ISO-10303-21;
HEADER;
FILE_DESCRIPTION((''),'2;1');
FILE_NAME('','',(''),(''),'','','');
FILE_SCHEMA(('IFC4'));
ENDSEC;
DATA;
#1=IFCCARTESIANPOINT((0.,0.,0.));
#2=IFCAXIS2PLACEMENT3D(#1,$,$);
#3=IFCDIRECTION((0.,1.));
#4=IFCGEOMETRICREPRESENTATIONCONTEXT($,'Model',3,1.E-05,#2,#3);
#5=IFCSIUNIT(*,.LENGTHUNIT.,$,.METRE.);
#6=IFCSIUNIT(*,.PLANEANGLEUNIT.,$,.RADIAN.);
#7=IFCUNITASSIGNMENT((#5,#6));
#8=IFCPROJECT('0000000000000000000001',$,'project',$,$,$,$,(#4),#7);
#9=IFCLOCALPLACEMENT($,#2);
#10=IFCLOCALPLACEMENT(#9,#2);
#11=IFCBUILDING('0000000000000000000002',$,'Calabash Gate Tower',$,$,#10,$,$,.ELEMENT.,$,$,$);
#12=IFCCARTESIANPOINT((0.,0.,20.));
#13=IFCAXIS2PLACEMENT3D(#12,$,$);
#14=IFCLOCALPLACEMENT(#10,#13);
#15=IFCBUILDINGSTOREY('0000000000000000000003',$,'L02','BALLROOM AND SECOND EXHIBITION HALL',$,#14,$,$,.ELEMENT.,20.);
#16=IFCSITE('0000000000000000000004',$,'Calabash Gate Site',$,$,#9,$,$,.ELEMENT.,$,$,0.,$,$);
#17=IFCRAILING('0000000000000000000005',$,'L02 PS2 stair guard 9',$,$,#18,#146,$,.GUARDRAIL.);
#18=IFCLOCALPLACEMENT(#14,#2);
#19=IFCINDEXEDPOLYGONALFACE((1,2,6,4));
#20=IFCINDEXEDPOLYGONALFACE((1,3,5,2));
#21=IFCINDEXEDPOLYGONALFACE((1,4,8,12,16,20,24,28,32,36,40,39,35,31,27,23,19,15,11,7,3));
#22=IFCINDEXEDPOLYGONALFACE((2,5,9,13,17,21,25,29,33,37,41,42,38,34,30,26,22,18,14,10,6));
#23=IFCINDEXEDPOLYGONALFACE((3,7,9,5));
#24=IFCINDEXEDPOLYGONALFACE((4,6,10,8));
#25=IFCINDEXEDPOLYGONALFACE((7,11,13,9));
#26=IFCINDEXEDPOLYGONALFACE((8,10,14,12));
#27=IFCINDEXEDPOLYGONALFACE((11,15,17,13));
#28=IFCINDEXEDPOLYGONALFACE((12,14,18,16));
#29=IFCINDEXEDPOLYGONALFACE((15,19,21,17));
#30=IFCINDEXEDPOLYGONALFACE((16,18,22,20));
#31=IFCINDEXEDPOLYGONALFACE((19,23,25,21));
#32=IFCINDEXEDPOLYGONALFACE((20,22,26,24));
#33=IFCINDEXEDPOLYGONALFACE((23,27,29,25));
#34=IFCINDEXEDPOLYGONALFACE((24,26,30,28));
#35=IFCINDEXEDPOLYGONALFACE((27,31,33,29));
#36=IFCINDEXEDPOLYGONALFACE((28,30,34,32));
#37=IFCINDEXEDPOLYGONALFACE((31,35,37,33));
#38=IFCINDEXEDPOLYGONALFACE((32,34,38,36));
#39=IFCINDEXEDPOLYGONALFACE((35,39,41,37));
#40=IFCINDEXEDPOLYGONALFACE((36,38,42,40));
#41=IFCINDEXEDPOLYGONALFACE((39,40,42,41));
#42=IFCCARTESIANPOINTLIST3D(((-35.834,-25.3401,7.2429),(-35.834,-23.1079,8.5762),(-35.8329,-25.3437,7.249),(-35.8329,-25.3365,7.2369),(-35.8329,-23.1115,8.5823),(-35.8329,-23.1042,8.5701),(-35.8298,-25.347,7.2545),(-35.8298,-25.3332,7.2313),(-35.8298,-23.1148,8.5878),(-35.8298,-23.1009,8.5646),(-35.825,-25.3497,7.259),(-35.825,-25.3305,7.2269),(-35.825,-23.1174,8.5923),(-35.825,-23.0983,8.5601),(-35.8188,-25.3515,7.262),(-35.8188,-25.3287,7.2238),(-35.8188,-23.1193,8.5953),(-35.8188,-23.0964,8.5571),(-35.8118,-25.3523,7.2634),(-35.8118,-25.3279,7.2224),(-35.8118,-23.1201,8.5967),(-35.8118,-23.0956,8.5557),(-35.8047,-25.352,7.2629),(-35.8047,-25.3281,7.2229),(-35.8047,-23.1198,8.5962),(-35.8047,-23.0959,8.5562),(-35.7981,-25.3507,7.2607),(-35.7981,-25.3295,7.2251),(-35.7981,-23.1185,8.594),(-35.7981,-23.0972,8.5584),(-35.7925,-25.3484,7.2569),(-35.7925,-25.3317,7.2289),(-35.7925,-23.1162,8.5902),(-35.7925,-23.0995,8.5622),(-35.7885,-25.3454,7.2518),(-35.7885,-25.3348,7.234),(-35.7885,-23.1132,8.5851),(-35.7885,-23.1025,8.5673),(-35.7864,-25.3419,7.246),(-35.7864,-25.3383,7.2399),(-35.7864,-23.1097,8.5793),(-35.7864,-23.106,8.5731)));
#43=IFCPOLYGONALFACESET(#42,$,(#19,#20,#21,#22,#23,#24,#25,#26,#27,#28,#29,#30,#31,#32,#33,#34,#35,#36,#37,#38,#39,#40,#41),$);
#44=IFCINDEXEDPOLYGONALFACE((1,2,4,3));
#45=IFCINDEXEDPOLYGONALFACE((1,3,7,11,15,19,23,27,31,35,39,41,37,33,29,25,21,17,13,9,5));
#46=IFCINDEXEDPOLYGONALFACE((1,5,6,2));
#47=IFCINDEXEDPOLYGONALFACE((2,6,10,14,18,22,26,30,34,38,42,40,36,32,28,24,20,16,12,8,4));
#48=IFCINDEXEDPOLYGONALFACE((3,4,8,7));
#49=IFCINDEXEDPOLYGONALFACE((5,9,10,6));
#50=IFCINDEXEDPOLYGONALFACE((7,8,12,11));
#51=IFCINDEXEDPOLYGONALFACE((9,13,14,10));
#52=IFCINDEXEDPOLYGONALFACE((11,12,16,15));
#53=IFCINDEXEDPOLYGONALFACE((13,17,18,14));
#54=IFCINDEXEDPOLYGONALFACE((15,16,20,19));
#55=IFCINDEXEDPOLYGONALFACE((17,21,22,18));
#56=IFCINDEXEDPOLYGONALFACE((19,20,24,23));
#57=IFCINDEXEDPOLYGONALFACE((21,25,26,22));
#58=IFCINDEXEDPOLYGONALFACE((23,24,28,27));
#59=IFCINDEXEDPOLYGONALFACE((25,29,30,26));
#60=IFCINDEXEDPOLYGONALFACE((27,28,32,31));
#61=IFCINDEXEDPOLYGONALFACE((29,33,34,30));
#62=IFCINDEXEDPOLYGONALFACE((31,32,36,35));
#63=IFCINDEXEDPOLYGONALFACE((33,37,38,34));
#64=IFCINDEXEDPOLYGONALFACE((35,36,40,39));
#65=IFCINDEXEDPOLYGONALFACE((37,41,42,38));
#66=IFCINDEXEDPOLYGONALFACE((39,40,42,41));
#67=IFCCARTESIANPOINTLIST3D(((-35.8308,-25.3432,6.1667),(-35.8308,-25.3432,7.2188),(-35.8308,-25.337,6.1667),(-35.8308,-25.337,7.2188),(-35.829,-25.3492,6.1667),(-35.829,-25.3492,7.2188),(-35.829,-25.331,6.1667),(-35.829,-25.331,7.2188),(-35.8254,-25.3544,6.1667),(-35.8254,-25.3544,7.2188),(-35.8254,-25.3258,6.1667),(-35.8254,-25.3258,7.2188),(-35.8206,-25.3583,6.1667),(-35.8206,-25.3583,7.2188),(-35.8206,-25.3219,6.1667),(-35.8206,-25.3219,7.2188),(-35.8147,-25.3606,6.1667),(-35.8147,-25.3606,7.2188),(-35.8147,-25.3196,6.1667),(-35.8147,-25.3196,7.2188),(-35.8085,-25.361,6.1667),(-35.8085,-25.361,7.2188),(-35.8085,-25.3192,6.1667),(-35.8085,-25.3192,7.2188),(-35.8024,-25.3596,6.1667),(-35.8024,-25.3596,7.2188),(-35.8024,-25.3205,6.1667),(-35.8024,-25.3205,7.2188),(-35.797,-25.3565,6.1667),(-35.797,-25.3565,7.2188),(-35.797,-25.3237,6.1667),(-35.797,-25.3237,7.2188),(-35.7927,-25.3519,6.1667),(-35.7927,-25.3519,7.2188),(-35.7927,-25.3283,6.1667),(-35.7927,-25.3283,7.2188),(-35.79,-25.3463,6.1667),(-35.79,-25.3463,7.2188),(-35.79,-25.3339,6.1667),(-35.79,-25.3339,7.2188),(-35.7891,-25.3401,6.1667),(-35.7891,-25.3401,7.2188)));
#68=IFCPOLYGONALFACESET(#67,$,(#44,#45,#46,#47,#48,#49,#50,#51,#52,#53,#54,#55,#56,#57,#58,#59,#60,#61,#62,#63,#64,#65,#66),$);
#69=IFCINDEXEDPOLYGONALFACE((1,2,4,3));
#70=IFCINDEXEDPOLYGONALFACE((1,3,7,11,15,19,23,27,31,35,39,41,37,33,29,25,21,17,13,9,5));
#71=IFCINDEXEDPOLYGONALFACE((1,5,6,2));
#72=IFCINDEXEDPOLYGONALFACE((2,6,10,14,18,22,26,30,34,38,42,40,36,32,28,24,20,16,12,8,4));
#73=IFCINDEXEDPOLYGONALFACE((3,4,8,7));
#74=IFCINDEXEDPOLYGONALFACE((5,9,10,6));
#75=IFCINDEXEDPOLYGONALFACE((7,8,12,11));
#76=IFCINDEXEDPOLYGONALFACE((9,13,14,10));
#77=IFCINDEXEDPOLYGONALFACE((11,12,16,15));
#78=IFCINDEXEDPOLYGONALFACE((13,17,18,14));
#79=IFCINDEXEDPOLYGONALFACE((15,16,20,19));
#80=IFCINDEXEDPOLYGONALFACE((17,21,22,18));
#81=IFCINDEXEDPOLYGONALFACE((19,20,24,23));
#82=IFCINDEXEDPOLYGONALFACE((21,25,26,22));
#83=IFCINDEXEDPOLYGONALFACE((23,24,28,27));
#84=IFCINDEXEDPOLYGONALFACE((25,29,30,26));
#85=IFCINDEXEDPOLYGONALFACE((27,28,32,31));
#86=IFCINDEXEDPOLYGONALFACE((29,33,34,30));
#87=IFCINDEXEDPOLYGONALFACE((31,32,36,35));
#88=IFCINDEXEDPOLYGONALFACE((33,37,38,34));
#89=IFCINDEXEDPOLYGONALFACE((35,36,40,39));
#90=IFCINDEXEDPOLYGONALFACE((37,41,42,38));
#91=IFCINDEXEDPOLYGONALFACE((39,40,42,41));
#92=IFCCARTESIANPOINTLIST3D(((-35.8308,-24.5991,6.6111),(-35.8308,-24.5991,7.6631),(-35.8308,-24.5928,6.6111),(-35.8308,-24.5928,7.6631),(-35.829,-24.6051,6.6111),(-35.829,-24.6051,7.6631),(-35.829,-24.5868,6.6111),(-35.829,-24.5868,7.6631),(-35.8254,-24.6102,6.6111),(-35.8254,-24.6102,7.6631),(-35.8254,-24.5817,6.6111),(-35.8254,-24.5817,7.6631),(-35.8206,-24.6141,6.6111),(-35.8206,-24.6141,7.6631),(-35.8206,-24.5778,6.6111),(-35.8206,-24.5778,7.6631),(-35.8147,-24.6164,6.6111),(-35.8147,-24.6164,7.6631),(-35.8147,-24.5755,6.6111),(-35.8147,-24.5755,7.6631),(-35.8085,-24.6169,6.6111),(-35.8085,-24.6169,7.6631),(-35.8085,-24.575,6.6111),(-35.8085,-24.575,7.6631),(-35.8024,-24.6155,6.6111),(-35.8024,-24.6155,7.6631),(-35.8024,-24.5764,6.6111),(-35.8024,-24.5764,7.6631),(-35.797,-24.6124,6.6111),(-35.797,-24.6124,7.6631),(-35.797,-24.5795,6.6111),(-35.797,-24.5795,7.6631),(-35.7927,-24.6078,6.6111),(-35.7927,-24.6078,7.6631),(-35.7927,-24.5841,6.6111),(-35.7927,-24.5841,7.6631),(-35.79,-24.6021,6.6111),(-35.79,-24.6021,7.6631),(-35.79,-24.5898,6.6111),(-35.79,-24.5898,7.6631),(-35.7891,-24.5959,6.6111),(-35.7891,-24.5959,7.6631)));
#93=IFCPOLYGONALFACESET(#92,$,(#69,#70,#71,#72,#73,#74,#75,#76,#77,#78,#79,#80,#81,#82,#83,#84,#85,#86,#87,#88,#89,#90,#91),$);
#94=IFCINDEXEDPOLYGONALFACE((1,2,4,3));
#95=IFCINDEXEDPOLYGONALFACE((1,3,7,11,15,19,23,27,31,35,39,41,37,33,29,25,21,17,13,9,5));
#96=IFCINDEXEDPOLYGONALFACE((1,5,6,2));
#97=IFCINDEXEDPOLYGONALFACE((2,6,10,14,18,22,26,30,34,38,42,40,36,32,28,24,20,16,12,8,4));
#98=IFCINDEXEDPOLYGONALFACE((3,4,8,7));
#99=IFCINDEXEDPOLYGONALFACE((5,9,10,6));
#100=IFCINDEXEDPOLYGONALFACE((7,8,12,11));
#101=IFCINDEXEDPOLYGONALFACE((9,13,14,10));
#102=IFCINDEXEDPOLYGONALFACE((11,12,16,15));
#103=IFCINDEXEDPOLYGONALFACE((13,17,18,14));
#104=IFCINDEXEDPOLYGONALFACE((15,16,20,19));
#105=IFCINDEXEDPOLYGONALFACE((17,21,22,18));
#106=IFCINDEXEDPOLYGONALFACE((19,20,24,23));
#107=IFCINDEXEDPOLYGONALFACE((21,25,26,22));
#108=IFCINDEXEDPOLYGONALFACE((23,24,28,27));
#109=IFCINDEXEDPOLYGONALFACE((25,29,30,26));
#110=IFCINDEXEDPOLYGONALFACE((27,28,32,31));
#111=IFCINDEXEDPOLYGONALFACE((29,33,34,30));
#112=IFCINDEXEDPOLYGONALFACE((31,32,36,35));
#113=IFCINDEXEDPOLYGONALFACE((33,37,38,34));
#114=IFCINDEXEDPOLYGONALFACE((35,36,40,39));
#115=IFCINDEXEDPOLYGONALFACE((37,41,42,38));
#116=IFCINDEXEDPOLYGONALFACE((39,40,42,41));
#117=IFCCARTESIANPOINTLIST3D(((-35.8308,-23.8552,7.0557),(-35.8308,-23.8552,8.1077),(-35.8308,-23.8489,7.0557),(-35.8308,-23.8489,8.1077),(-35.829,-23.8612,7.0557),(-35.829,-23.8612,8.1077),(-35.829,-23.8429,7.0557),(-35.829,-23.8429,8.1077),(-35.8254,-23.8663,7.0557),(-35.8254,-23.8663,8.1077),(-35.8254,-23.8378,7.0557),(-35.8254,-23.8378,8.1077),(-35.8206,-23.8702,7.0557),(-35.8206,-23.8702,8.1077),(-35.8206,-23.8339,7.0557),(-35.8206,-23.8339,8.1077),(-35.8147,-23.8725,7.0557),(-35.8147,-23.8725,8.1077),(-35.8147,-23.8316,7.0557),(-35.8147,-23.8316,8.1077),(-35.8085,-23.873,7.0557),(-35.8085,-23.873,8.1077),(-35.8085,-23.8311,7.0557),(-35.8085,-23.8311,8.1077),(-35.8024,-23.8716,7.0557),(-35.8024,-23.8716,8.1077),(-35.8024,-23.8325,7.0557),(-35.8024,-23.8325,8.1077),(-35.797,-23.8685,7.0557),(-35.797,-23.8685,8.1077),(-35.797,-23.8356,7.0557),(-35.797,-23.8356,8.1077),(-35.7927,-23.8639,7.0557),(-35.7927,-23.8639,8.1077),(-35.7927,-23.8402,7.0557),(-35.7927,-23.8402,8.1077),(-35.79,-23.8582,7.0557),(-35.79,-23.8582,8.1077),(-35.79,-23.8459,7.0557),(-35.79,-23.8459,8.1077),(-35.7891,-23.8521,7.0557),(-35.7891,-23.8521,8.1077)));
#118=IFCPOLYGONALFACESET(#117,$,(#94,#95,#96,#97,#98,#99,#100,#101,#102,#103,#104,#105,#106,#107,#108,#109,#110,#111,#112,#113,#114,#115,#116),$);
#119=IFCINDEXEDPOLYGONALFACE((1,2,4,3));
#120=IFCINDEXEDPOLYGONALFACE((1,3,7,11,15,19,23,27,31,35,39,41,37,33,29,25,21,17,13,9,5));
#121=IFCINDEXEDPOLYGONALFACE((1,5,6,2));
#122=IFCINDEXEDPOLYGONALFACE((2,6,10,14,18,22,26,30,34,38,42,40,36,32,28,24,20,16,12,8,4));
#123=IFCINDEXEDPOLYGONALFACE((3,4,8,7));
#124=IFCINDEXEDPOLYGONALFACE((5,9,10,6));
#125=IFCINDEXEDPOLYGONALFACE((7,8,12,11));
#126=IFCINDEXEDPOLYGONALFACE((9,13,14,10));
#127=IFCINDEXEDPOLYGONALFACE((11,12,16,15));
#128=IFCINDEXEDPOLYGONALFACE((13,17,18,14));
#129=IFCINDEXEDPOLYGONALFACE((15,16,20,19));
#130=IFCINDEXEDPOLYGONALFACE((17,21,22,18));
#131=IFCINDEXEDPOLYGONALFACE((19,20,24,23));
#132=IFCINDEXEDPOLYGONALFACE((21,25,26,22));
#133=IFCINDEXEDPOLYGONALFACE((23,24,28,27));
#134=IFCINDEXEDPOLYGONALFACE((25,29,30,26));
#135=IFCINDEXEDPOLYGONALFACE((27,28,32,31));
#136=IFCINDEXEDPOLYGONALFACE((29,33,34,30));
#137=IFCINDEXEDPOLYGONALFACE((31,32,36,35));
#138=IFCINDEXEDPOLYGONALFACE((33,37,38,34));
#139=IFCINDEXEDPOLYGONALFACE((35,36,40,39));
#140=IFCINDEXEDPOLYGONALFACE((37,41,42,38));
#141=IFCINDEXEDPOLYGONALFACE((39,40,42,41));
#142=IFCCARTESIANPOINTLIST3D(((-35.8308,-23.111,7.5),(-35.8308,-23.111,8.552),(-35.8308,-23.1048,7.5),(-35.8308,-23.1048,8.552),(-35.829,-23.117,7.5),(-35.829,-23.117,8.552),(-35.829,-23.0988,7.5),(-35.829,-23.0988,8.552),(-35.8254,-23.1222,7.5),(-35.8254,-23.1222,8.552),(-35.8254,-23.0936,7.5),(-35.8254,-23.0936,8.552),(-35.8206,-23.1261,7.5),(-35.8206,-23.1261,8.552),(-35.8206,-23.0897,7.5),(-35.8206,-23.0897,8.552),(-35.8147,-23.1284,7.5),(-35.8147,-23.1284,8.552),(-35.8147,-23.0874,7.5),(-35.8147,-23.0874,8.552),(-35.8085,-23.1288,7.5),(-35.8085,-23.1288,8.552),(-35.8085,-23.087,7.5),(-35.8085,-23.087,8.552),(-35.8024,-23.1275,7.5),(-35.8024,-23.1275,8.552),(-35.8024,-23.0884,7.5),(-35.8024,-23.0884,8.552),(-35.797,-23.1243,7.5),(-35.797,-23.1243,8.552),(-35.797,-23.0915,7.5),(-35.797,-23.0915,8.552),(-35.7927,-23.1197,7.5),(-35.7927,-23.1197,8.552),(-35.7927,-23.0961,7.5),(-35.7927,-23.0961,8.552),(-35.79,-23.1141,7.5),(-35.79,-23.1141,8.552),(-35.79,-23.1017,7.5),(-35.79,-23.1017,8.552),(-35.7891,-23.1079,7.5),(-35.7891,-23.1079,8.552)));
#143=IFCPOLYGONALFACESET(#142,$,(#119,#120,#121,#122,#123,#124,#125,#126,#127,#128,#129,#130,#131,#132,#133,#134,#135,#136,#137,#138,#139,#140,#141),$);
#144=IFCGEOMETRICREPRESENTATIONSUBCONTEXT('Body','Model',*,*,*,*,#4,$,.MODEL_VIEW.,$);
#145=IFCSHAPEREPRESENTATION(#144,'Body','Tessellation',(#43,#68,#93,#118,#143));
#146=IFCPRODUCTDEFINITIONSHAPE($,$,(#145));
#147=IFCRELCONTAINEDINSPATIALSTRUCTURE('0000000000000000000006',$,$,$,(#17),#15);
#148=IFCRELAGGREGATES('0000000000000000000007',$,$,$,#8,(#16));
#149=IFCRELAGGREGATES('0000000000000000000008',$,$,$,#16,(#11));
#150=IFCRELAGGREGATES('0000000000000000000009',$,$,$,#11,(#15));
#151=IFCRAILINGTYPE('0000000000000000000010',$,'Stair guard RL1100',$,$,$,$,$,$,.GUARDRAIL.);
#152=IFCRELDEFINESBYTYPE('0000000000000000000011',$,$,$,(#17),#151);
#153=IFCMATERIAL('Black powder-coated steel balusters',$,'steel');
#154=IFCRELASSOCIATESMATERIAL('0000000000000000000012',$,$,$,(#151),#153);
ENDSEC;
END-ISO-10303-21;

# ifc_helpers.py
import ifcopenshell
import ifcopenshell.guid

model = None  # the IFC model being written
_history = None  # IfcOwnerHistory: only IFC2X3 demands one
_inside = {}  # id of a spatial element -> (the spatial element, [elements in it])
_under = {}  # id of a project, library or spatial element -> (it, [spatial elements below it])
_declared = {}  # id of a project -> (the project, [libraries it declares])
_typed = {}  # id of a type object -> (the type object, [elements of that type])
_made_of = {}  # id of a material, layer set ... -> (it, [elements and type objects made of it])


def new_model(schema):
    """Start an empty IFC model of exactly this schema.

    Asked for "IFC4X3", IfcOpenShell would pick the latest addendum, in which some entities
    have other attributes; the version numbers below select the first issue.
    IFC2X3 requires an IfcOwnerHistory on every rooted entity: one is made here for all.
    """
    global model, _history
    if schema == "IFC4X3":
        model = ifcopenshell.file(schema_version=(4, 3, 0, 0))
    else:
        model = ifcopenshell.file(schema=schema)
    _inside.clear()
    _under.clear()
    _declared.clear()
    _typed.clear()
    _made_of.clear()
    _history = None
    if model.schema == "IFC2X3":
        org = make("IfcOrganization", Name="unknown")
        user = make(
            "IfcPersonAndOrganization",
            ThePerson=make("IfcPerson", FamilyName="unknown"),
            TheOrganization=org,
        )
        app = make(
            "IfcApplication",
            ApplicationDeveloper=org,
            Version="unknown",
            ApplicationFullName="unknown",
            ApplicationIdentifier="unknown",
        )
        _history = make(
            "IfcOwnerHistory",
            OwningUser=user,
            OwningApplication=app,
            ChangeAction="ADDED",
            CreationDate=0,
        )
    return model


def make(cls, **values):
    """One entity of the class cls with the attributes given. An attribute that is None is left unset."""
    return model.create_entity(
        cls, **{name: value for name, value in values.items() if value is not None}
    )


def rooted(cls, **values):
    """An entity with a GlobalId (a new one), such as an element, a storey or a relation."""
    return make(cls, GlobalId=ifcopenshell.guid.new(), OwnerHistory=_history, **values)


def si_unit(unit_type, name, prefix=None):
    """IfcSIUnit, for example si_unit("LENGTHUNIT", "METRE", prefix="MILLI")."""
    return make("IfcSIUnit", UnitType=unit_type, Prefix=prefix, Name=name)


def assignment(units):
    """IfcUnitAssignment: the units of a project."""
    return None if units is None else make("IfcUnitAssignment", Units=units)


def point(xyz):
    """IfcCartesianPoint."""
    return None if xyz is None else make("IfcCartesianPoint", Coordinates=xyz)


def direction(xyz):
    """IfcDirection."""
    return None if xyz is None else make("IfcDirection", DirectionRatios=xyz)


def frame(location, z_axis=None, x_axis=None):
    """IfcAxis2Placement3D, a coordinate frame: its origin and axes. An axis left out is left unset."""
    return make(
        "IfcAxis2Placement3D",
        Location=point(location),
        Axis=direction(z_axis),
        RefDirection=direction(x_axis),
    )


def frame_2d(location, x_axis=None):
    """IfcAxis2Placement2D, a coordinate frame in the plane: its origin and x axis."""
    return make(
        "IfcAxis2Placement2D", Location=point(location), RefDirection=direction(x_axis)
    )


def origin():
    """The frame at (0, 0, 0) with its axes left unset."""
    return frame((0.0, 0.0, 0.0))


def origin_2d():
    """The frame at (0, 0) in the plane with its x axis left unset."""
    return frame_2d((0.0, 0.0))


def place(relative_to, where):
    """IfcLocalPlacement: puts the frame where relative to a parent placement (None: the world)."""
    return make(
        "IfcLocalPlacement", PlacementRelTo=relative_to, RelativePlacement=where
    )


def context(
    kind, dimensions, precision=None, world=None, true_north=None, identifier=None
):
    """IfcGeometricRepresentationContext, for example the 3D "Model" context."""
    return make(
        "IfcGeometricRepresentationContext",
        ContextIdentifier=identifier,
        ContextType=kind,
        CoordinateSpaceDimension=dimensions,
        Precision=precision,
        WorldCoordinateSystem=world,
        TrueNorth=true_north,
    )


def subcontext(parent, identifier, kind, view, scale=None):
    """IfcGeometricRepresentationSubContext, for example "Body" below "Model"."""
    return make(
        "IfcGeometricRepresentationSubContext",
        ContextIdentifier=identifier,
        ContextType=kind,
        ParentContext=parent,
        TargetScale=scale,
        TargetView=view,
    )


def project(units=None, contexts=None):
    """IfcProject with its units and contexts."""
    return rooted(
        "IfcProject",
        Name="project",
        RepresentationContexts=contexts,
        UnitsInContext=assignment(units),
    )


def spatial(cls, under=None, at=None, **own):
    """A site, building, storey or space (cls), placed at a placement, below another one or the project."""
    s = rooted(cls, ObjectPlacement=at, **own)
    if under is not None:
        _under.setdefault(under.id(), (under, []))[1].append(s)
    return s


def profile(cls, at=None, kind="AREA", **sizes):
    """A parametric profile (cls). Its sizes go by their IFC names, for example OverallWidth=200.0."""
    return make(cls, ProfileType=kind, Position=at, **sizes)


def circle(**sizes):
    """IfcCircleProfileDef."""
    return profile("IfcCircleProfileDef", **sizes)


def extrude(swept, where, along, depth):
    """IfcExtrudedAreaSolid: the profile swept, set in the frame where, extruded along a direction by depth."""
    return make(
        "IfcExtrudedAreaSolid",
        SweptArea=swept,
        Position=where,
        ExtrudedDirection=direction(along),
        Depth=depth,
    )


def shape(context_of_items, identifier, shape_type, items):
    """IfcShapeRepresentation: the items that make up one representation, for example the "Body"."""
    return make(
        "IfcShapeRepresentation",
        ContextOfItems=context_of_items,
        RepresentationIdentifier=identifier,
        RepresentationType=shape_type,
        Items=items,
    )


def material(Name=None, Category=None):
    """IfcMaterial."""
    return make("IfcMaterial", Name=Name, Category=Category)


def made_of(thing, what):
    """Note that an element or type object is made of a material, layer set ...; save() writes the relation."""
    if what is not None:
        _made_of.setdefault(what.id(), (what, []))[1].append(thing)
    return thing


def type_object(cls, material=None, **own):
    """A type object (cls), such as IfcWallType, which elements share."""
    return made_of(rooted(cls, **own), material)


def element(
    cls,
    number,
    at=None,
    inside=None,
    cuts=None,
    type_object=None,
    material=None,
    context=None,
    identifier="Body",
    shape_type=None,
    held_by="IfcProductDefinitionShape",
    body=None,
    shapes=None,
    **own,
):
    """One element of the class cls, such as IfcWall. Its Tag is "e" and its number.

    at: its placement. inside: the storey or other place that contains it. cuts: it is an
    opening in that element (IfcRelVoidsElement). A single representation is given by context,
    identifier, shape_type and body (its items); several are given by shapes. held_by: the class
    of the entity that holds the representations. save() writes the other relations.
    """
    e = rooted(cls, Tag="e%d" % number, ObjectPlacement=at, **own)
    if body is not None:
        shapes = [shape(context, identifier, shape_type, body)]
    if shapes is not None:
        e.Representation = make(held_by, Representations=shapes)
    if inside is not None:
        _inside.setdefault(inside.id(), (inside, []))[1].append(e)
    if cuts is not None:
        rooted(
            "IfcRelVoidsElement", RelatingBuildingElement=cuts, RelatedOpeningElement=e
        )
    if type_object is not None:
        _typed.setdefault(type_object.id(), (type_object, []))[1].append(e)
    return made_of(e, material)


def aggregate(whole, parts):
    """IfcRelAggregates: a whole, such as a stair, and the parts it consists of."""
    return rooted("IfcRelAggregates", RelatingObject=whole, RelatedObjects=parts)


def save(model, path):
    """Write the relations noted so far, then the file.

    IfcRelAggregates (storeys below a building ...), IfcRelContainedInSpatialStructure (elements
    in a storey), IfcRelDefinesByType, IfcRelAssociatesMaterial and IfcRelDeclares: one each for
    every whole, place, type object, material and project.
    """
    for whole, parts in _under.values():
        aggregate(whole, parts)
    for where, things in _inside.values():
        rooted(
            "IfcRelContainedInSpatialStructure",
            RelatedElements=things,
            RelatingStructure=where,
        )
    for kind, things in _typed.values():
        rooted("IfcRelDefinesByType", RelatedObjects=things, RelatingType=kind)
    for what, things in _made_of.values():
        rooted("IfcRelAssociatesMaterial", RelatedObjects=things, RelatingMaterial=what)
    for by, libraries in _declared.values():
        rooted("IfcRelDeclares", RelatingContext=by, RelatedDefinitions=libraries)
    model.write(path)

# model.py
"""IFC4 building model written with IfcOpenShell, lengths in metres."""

from ifc_helpers import new_model, si_unit, direction, frame, origin, origin_2d, place, context, subcontext, project, spatial, circle, extrude, material, type_object, element, save


model = new_model("IFC4")

# Units and contexts
model_context = context("Model", 3, precision=1e-05, world=origin(), true_north=direction((0.0, 1.0)))
body_context = subcontext(model_context, "Body", "Model", "MODEL_VIEW")
ifc_project = project(units=[si_unit("LENGTHUNIT", "METRE"), si_unit("PLANEANGLEUNIT", "RADIAN")], contexts=[model_context])

# Site, building, storey
site_placement = place(None, origin())
site = spatial("IfcSite", under=ifc_project, at=site_placement, Name="Calabash Gate Site", CompositionType="ELEMENT", RefElevation=0.0)
building_placement = place(site_placement, origin())
building = spatial("IfcBuilding", under=site, at=building_placement, Name="Calabash Gate Tower", CompositionType="ELEMENT")
storey_placement = place(building_placement, frame((0.0, 0.0, 20.0)))
storey = spatial("IfcBuildingStorey", under=building, at=storey_placement, Name="L02", Description="BALLROOM AND SECOND EXHIBITION HALL", CompositionType="ELEMENT", Elevation=20.0)

# Railing
ifc_material_1 = material(Name="Black powder-coated steel balusters", Category="steel")
railing_type_1 = type_object("IfcRailingType", Name="Stair guard RL1100", PredefinedType="GUARDRAIL", material=ifc_material_1)
for number, where, name in (
    (1, (-35.8101, -25.3401, 6.1667), "L02 PS2 stair guard 9"),
):
    element("IfcRailing", number, at=place(storey_placement, frame(where)), inside=storey, type_object=railing_type_1, Name=name, PredefinedType="GUARDRAIL", context=body_context, shape_type="SweptSolid", body=[
        extrude(circle(Radius=0.0239, at=origin_2d()), frame((0.0, 0.0, 1.0762), z_axis=(0.0, 0.858519, 0.512782), x_axis=(-1.0, 0.0, 0.0)), (0.0, 0.0, 1.0), 2.6001),
        extrude(circle(Radius=0.021, at=origin_2d()), origin(), (0.0, 0.0, 1.0), 1.052),
        extrude(circle(Radius=0.021, at=origin_2d()), frame((0.0, 0.7441, 0.4443)), (0.0, 0.0, 1.0), 1.052),
        extrude(circle(Radius=0.021, at=origin_2d()), frame((0.0, 1.488, 0.8889)), (0.0, 0.0, 1.0), 1.052),
        extrude(circle(Radius=0.021, at=origin_2d()), frame((0.0, 2.2322, 1.3333)), (0.0, 0.0, 1.0), 1.052),
    ])

save(model, "model.ifc")
